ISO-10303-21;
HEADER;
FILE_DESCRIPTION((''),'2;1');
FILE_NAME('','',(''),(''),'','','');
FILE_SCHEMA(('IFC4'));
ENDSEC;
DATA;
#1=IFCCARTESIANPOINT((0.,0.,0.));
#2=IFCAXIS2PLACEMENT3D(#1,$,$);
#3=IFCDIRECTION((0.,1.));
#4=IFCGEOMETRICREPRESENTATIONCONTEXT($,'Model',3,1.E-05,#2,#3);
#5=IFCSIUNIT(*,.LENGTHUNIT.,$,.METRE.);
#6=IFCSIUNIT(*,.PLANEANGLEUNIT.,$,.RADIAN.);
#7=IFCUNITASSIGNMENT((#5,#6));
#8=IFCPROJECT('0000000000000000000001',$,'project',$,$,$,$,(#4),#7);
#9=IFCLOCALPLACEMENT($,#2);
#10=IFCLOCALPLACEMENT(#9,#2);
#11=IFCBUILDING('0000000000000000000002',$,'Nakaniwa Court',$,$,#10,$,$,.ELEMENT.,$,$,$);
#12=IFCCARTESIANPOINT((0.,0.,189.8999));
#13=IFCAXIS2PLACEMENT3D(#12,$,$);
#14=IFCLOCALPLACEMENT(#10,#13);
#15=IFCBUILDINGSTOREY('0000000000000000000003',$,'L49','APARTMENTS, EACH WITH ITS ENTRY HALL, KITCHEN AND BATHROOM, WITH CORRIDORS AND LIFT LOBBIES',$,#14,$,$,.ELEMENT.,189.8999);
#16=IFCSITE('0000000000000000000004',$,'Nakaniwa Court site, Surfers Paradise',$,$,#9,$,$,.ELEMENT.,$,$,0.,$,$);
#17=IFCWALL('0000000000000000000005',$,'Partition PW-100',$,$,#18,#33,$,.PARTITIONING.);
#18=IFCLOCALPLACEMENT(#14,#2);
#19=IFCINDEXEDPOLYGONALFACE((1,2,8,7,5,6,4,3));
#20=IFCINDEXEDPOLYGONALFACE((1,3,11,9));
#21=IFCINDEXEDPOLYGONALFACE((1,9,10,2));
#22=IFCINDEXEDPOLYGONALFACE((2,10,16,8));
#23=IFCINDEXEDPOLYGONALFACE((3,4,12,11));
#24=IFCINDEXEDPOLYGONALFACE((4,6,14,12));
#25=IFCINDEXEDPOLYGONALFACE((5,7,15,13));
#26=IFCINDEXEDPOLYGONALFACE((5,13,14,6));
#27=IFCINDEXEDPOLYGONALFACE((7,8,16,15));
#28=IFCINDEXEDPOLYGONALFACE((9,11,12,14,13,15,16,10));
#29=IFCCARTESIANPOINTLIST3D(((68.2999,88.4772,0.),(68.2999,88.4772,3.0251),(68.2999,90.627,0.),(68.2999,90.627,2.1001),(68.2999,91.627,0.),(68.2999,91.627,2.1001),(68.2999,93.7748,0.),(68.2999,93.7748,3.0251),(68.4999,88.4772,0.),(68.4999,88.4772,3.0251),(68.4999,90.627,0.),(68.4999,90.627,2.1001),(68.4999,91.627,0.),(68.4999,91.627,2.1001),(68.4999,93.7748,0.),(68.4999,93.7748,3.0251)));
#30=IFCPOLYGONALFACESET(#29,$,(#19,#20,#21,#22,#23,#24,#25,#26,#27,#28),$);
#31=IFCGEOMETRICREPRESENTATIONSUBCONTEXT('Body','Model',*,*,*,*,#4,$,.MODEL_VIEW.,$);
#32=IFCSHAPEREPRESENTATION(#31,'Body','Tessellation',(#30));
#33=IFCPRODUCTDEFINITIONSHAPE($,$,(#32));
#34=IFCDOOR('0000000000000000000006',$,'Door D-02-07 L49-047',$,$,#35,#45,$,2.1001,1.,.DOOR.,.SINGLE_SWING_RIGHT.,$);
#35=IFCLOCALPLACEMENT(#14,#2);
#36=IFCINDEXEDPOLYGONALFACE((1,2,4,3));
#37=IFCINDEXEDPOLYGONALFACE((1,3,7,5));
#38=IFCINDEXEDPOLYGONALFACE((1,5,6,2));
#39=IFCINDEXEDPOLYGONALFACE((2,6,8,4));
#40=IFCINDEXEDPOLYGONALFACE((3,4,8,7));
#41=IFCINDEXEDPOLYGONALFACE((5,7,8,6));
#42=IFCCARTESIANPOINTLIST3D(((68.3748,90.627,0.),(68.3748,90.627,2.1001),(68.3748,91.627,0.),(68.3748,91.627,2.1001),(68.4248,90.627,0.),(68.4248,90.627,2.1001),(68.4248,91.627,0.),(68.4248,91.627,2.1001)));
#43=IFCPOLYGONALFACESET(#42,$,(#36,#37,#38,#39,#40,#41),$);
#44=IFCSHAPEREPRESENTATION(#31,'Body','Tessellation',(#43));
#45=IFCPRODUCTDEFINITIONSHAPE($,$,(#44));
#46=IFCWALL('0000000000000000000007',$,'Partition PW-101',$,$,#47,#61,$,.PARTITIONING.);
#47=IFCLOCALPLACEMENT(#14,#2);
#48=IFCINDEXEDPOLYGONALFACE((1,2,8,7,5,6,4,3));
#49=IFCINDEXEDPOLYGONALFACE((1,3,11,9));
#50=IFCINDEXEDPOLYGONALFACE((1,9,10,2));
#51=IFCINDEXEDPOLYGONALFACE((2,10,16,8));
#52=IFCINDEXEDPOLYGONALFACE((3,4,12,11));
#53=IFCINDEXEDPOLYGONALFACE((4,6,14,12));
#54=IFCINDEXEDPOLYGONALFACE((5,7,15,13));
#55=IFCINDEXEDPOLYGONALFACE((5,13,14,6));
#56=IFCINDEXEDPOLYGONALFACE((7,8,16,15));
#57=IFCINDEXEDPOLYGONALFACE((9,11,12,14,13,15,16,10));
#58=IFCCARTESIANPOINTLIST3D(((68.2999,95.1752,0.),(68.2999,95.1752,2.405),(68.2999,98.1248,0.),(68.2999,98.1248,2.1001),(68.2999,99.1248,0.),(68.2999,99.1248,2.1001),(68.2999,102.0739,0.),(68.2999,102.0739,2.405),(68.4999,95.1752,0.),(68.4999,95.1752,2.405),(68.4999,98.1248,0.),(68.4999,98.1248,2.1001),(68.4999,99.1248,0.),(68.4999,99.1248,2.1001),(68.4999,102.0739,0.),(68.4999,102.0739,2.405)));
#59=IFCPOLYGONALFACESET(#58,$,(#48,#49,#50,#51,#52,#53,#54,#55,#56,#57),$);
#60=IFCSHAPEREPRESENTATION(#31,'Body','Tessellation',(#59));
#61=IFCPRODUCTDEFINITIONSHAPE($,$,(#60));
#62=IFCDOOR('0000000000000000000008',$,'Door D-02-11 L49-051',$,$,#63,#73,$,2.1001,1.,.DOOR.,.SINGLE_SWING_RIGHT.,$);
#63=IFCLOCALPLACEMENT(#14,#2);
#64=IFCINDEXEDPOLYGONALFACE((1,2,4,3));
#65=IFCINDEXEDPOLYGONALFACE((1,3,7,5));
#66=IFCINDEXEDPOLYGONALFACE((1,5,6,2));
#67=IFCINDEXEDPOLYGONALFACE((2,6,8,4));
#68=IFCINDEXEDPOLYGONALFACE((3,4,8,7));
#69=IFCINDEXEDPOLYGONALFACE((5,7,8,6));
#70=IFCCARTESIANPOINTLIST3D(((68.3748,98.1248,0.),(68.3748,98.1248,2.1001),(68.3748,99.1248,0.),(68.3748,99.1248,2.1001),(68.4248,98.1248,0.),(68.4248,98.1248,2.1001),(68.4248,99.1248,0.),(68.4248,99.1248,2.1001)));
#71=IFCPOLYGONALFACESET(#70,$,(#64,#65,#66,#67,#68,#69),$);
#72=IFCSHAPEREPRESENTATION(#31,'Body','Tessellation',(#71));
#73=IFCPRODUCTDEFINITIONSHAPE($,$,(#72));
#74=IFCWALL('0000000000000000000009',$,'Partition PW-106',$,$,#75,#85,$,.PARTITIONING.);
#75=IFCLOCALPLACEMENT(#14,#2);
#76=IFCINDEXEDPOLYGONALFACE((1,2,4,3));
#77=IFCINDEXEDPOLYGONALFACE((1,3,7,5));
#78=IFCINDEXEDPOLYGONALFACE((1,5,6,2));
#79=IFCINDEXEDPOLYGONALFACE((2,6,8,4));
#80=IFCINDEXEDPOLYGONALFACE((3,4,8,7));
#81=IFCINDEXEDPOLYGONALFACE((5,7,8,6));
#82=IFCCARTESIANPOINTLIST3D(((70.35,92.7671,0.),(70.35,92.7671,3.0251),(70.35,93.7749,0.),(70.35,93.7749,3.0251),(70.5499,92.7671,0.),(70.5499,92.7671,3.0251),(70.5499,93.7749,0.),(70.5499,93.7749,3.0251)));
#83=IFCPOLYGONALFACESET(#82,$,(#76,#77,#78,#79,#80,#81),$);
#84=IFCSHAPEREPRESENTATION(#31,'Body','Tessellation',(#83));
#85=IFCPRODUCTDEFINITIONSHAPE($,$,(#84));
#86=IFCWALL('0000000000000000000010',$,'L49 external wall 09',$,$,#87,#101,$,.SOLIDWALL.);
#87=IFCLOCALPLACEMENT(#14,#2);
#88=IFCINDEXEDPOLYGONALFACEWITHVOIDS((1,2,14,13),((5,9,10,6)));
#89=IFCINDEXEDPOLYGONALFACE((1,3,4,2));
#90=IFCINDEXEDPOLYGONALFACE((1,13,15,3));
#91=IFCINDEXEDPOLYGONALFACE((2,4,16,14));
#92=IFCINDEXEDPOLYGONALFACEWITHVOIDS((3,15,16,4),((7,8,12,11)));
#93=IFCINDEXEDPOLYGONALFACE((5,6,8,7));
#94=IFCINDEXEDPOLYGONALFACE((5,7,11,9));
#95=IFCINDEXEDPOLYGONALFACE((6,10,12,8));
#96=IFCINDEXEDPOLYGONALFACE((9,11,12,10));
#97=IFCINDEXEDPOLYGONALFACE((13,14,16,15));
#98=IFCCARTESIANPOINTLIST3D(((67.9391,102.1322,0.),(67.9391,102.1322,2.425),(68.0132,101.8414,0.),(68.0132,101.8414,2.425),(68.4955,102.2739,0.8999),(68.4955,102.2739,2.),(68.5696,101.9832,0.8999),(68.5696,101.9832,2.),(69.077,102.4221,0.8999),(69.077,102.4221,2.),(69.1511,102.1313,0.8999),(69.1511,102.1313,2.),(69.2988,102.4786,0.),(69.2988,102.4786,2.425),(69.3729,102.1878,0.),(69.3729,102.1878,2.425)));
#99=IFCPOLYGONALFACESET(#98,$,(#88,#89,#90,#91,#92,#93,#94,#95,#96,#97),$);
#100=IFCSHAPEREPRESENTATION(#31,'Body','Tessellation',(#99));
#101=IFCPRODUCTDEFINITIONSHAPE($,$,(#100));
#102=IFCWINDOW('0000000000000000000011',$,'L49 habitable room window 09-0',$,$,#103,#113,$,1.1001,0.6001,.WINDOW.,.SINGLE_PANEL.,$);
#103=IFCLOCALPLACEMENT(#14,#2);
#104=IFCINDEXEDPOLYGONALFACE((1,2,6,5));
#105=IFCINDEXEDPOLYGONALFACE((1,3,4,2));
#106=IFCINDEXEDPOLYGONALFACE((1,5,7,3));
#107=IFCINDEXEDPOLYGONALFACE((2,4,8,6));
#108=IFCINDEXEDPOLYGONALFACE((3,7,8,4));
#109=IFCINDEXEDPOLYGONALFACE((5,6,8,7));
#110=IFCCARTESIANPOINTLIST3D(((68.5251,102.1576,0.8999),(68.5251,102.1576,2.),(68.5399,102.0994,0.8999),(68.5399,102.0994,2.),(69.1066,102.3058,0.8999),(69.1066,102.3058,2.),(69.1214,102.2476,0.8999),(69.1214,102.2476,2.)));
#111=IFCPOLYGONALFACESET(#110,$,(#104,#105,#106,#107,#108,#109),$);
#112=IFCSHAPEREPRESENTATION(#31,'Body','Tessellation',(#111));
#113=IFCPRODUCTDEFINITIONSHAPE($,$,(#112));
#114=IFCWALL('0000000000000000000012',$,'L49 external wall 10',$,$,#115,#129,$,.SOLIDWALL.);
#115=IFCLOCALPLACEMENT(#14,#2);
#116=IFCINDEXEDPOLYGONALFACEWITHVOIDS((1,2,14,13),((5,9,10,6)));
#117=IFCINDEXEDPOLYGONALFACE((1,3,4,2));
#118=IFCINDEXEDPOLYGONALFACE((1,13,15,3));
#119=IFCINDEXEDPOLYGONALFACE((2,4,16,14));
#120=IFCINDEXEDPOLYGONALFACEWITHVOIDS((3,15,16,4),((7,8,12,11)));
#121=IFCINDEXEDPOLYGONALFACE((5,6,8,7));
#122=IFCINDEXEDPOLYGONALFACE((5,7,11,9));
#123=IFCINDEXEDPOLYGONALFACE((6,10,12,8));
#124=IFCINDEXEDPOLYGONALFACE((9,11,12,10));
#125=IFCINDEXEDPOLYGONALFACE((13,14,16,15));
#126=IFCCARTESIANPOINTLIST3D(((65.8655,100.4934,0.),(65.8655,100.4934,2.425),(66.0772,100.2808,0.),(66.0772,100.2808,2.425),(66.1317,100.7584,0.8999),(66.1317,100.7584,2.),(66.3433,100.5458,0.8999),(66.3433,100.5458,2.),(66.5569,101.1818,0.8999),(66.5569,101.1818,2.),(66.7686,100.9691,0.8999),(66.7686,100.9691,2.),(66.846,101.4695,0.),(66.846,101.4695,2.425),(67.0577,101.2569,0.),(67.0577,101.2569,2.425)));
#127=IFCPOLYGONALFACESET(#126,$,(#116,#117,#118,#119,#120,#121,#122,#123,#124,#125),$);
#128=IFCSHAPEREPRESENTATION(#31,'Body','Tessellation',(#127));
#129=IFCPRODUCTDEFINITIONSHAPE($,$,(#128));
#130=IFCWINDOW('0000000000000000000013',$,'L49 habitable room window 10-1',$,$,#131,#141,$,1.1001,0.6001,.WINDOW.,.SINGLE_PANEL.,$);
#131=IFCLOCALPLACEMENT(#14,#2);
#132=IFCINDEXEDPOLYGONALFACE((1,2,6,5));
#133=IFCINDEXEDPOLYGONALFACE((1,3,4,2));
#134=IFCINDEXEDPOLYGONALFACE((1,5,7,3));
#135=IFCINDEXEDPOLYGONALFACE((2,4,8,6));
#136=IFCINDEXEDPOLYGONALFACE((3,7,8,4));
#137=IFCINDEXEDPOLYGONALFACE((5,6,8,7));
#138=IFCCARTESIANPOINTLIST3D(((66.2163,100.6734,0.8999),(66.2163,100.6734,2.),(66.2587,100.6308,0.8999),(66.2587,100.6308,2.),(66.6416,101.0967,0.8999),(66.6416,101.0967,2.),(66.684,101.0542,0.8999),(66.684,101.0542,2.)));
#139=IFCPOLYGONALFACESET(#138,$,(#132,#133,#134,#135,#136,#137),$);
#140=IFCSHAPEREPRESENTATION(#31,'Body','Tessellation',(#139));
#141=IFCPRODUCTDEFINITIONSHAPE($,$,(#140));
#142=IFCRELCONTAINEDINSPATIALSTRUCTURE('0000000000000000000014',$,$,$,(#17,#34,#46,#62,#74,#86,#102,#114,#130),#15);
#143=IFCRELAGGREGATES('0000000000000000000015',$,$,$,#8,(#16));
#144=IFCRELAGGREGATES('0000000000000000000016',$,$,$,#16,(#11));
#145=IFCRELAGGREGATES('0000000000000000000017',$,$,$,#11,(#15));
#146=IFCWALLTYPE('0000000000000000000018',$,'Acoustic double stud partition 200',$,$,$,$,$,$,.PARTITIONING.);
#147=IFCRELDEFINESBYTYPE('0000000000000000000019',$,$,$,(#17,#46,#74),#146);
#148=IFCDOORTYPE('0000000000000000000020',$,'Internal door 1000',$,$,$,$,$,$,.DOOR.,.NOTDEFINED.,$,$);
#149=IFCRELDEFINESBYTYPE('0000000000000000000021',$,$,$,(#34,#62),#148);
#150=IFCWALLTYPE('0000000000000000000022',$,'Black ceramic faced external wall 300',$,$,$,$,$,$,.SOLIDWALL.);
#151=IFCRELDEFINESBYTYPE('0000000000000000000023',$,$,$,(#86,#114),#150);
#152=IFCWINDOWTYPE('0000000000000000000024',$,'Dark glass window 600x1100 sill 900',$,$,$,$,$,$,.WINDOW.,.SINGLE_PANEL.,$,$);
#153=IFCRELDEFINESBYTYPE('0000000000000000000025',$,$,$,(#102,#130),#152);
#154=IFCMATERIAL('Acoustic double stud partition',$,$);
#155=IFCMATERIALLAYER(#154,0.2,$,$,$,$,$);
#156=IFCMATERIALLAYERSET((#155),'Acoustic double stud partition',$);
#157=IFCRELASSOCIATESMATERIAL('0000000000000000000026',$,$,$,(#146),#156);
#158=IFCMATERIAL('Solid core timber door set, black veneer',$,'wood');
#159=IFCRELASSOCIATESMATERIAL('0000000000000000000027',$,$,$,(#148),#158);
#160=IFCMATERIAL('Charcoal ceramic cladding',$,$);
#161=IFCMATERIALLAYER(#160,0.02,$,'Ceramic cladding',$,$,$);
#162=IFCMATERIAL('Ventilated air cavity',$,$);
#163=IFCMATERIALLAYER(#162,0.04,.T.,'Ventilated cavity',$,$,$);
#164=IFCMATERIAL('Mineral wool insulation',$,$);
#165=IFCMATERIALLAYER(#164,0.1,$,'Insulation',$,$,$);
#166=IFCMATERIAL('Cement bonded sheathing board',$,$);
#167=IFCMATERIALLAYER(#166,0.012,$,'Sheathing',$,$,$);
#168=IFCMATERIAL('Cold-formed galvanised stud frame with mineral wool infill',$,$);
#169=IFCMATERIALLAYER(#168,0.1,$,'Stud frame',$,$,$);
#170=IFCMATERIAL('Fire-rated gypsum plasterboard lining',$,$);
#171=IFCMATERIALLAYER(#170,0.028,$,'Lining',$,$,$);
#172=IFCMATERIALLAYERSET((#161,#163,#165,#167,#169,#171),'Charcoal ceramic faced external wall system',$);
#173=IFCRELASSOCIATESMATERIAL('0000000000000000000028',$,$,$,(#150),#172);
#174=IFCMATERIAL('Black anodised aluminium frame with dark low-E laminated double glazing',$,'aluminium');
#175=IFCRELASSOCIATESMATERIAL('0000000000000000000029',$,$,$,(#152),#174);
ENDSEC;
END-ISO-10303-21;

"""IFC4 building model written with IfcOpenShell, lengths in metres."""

from ifc_helpers import new_model, si_unit, direction, frame, frame_2d, origin, place, context, subcontext, project, spatial, rectangle, extrude, material, layer, layer_set, type_object, element, fill, save


model = new_model("IFC4")

# Units and contexts
model_context = context("Model", 3, precision=1e-05, world=origin(), true_north=direction((0.0, 1.0)))
body_context = subcontext(model_context, "Body", "Model", "MODEL_VIEW")
ifc_project = project(units=[si_unit("LENGTHUNIT", "METRE"), si_unit("PLANEANGLEUNIT", "RADIAN")], contexts=[model_context])

# Site, building, storey
site_placement = place(None, origin())
site = spatial("IfcSite", under=ifc_project, at=site_placement, Name="Nakaniwa Court site, Surfers Paradise", CompositionType="ELEMENT", RefElevation=0.0)
building_placement = place(site_placement, origin())
building = spatial("IfcBuilding", under=site, at=building_placement, Name="Nakaniwa Court", CompositionType="ELEMENT")
storey_placement = place(building_placement, frame((0.0, 0.0, 189.8999)))
storey = spatial("IfcBuildingStorey", under=building, at=storey_placement, Name="L49", Description="APARTMENTS, EACH WITH ITS ENTRY HALL, KITCHEN AND BATHROOM, WITH CORRIDORS AND LIFT LOBBIES", CompositionType="ELEMENT", Elevation=189.8999)

# Shared definitions
ifc_material_1 = material(Name="Acoustic double stud partition")
ifc_layer_1 = layer(ifc_material_1, 0.2)
ifc_layer_set_1 = layer_set([ifc_layer_1], Name="Acoustic double stud partition")
wall_type_1 = type_object("IfcWallType", Name="Acoustic double stud partition 200", PredefinedType="PARTITIONING", material=ifc_layer_set_1)

# Walls, openings, doors
wall_1_placement = place(storey_placement, frame((68.3999, 93.7749, 0.0), z_axis=(0.0, 0.0, 1.0), x_axis=(0.0, -1.0, 0.0)))
wall_1 = element("IfcWall", 1, at=wall_1_placement, inside=storey, type_object=wall_type_1, Name="Partition PW-100", PredefinedType="PARTITIONING", context=body_context, shape_type="SweptSolid", body=[
    extrude(rectangle(XDim=5.2976, YDim=0.2, at=frame_2d((2.6489, 0.0))), origin(), (0.0, 0.0, 1.0), 3.0251),
])
opening_1_placement = place(wall_1_placement, frame((2.1479, 0.0, 0.0)))
opening_1 = element("IfcOpeningElement", 2, at=opening_1_placement, cuts=wall_1, PredefinedType="OPENING", context=body_context, shape_type="SweptSolid", body=[
    extrude(rectangle(XDim=1.0, YDim=2.1001, at=frame_2d((0.5, 1.05))), frame((0.0, 0.1099, 0.0), z_axis=(0.0, -1.0, 0.0), x_axis=(1.0, 0.0, 0.0)), (0.0, 0.0, 1.0), 0.22),
])
ifc_material_2 = material(Name="Solid core timber door set, black veneer", Category="wood")
door_type_1 = type_object("IfcDoorType", Name="Internal door 1000", OperationType="NOTDEFINED", PredefinedType="DOOR", material=ifc_material_2)
door_1_placement = place(opening_1_placement, origin())
door_1 = element("IfcDoor", 3, at=door_1_placement, inside=storey, type_object=door_type_1, Name="Door D-02-07 L49-047", OperationType="SINGLE_SWING_RIGHT", OverallHeight=2.1001, OverallWidth=1.0, PredefinedType="DOOR", context=body_context, shape_type="SweptSolid", body=[
    extrude(rectangle(XDim=1.0, YDim=2.1001, at=frame_2d((0.5, 1.05))), frame((0.0, 0.0249, 0.0), z_axis=(0.0, -1.0, 0.0), x_axis=(1.0, 0.0, 0.0)), (0.0, 0.0, 1.0), 0.05),
])
fill(opening_1, door_1)
wall_2_placement = place(storey_placement, frame((68.3999, 102.0737, 0.0), z_axis=(0.0, 0.0, 1.0), x_axis=(0.0, -1.0, 0.0)))
wall_2 = element("IfcWall", 4, at=wall_2_placement, inside=storey, type_object=wall_type_1, Name="Partition PW-101", PredefinedType="PARTITIONING", context=body_context, shape_type="SweptSolid", body=[
    extrude(rectangle(XDim=6.8987, YDim=0.2, at=frame_2d((3.4492, 0.0))), origin(), (0.0, 0.0, 1.0), 2.405),
])
opening_2_placement = place(wall_2_placement, frame((2.949, 0.0, 0.0)))
opening_2 = element("IfcOpeningElement", 5, at=opening_2_placement, cuts=wall_2, PredefinedType="OPENING", context=body_context, shape_type="SweptSolid", body=[
    extrude(rectangle(XDim=1.0, YDim=2.1001, at=frame_2d((0.5, 1.05))), frame((0.0, 0.1099, 0.0), z_axis=(0.0, -1.0, 0.0), x_axis=(1.0, 0.0, 0.0)), (0.0, 0.0, 1.0), 0.22),
])
door_2_placement = place(opening_2_placement, origin())
door_2 = element("IfcDoor", 6, at=door_2_placement, inside=storey, type_object=door_type_1, Name="Door D-02-11 L49-051", OperationType="SINGLE_SWING_RIGHT", OverallHeight=2.1001, OverallWidth=1.0, PredefinedType="DOOR", context=body_context, shape_type="SweptSolid", body=[
    extrude(rectangle(XDim=1.0, YDim=2.1001, at=frame_2d((0.5, 1.05))), frame((0.0, 0.0249, 0.0), z_axis=(0.0, -1.0, 0.0), x_axis=(1.0, 0.0, 0.0)), (0.0, 0.0, 1.0), 0.05),
])
fill(opening_2, door_2)

# Wall
wall_3_placement = place(storey_placement, frame((70.45, 92.7671, 0.0), z_axis=(0.0, 0.0, 1.0), x_axis=(0.0, 1.0, 0.0)))
element("IfcWall", 7, at=wall_3_placement, inside=storey, type_object=wall_type_1, Name="Partition PW-106", PredefinedType="PARTITIONING", context=body_context, shape_type="SweptSolid", body=[
    extrude(rectangle(XDim=1.0078, YDim=0.2, at=frame_2d((0.5039, 0.0))), origin(), (0.0, 0.0, 1.0), 3.0251),
])

# Walls, openings, windows
ifc_material_3 = material(Name="Charcoal ceramic cladding")
ifc_layer_2 = layer(ifc_material_3, 0.02, Name="Ceramic cladding")
ifc_material_4 = material(Name="Ventilated air cavity")
ifc_layer_3 = layer(ifc_material_4, 0.04, ventilated=True, Name="Ventilated cavity")
ifc_material_5 = material(Name="Mineral wool insulation")
ifc_layer_4 = layer(ifc_material_5, 0.1, Name="Insulation")
ifc_material_6 = material(Name="Cement bonded sheathing board")
ifc_layer_5 = layer(ifc_material_6, 0.012, Name="Sheathing")
ifc_material_7 = material(Name="Cold-formed galvanised stud frame with mineral wool infill")
ifc_layer_6 = layer(ifc_material_7, 0.1, Name="Stud frame")
ifc_material_8 = material(Name="Fire-rated gypsum plasterboard lining")
ifc_layer_7 = layer(ifc_material_8, 0.028, Name="Lining")
ifc_layer_set_2 = layer_set([ifc_layer_2, ifc_layer_3, ifc_layer_4, ifc_layer_5, ifc_layer_6, ifc_layer_7], Name="Charcoal ceramic faced external wall system")
wall_type_2 = type_object("IfcWallType", Name="Black ceramic faced external wall 300", PredefinedType="SOLIDWALL", material=ifc_layer_set_2)
wall_4_placement = place(storey_placement, frame((69.3359, 102.3333, 0.0), z_axis=(0.0, 0.0, 1.0), x_axis=(-0.969037, -0.246914, 0.0)))
wall_4 = element("IfcWall", 8, at=wall_4_placement, inside=storey, type_object=wall_type_2, Name="L49 external wall 09", PredefinedType="SOLIDWALL", context=body_context, shape_type="SweptSolid", body=[
    extrude(rectangle(XDim=1.4031, YDim=0.3, at=frame_2d((0.7017, 0.0))), origin(), (0.0, 0.0, 1.0), 2.425),
])
opening_3_placement = place(wall_4_placement, frame((0.229, 0.0, 0.8999)))
opening_3 = element("IfcOpeningElement", 9, at=opening_3_placement, cuts=wall_4, PredefinedType="OPENING", context=body_context, shape_type="SweptSolid", body=[
    extrude(rectangle(XDim=0.6001, YDim=1.1001, at=frame_2d((0.3, 0.55))), frame((0.0, 0.1599, 0.0), z_axis=(0.0, -1.0, 0.0), x_axis=(1.0, 0.0, 0.0)), (0.0, 0.0, 1.0), 0.3201),
])
ifc_material_9 = material(Name="Black anodised aluminium frame with dark low-E laminated double glazing", Category="aluminium")
window_type_1 = type_object("IfcWindowType", Name="Dark glass window 600x1100 sill 900", PartitioningType="SINGLE_PANEL", PredefinedType="WINDOW", material=ifc_material_9)
window_1_placement = place(opening_3_placement, origin())
window_1 = element("IfcWindow", 10, at=window_1_placement, inside=storey, type_object=window_type_1, Name="L49 habitable room window 09-0", OverallHeight=1.1001, OverallWidth=0.6001, PartitioningType="SINGLE_PANEL", PredefinedType="WINDOW", context=body_context, shape_type="SweptSolid", body=[
    extrude(rectangle(XDim=0.6001, YDim=1.1001, at=frame_2d((0.3, 0.55))), frame((0.0, 0.03, 0.0), z_axis=(0.0, -1.0, 0.0), x_axis=(1.0, 0.0, 0.0)), (0.0, 0.0, 1.0), 0.0601),
])
fill(opening_3, window_1)
wall_5_placement = place(storey_placement, frame((66.9519, 101.3633, 0.0), z_axis=(0.0, 0.0, 1.0), x_axis=(-0.708693, -0.705517, 0.0)))
wall_5 = element("IfcWall", 11, at=wall_5_placement, inside=storey, type_object=wall_type_2, Name="L49 external wall 10", PredefinedType="SOLIDWALL", context=body_context, shape_type="SweptSolid", body=[
    extrude(rectangle(XDim=1.3835, YDim=0.3, at=frame_2d((0.6919, 0.0))), origin(), (0.0, 0.0, 1.0), 2.425),
])
opening_4_placement = place(wall_5_placement, frame((0.408, 0.0, 0.8999)))
opening_4 = element("IfcOpeningElement", 12, at=opening_4_placement, cuts=wall_5, PredefinedType="OPENING", context=body_context, shape_type="SweptSolid", body=[
    extrude(rectangle(XDim=0.6001, YDim=1.1001, at=frame_2d((0.3, 0.55))), frame((0.0, 0.1599, 0.0), z_axis=(0.0, -1.0, 0.0), x_axis=(1.0, 0.0, 0.0)), (0.0, 0.0, 1.0), 0.3201),
])
window_2_placement = place(opening_4_placement, origin())
window_2 = element("IfcWindow", 13, at=window_2_placement, inside=storey, type_object=window_type_1, Name="L49 habitable room window 10-1", OverallHeight=1.1001, OverallWidth=0.6001, PartitioningType="SINGLE_PANEL", PredefinedType="WINDOW", context=body_context, shape_type="SweptSolid", body=[
    extrude(rectangle(XDim=0.6001, YDim=1.1001, at=frame_2d((0.3, 0.55))), frame((0.0, 0.03, 0.0), z_axis=(0.0, -1.0, 0.0), x_axis=(1.0, 0.0, 0.0)), (0.0, 0.0, 1.0), 0.0601),
])
fill(opening_4, window_2)

save(model, "model.ifc")
